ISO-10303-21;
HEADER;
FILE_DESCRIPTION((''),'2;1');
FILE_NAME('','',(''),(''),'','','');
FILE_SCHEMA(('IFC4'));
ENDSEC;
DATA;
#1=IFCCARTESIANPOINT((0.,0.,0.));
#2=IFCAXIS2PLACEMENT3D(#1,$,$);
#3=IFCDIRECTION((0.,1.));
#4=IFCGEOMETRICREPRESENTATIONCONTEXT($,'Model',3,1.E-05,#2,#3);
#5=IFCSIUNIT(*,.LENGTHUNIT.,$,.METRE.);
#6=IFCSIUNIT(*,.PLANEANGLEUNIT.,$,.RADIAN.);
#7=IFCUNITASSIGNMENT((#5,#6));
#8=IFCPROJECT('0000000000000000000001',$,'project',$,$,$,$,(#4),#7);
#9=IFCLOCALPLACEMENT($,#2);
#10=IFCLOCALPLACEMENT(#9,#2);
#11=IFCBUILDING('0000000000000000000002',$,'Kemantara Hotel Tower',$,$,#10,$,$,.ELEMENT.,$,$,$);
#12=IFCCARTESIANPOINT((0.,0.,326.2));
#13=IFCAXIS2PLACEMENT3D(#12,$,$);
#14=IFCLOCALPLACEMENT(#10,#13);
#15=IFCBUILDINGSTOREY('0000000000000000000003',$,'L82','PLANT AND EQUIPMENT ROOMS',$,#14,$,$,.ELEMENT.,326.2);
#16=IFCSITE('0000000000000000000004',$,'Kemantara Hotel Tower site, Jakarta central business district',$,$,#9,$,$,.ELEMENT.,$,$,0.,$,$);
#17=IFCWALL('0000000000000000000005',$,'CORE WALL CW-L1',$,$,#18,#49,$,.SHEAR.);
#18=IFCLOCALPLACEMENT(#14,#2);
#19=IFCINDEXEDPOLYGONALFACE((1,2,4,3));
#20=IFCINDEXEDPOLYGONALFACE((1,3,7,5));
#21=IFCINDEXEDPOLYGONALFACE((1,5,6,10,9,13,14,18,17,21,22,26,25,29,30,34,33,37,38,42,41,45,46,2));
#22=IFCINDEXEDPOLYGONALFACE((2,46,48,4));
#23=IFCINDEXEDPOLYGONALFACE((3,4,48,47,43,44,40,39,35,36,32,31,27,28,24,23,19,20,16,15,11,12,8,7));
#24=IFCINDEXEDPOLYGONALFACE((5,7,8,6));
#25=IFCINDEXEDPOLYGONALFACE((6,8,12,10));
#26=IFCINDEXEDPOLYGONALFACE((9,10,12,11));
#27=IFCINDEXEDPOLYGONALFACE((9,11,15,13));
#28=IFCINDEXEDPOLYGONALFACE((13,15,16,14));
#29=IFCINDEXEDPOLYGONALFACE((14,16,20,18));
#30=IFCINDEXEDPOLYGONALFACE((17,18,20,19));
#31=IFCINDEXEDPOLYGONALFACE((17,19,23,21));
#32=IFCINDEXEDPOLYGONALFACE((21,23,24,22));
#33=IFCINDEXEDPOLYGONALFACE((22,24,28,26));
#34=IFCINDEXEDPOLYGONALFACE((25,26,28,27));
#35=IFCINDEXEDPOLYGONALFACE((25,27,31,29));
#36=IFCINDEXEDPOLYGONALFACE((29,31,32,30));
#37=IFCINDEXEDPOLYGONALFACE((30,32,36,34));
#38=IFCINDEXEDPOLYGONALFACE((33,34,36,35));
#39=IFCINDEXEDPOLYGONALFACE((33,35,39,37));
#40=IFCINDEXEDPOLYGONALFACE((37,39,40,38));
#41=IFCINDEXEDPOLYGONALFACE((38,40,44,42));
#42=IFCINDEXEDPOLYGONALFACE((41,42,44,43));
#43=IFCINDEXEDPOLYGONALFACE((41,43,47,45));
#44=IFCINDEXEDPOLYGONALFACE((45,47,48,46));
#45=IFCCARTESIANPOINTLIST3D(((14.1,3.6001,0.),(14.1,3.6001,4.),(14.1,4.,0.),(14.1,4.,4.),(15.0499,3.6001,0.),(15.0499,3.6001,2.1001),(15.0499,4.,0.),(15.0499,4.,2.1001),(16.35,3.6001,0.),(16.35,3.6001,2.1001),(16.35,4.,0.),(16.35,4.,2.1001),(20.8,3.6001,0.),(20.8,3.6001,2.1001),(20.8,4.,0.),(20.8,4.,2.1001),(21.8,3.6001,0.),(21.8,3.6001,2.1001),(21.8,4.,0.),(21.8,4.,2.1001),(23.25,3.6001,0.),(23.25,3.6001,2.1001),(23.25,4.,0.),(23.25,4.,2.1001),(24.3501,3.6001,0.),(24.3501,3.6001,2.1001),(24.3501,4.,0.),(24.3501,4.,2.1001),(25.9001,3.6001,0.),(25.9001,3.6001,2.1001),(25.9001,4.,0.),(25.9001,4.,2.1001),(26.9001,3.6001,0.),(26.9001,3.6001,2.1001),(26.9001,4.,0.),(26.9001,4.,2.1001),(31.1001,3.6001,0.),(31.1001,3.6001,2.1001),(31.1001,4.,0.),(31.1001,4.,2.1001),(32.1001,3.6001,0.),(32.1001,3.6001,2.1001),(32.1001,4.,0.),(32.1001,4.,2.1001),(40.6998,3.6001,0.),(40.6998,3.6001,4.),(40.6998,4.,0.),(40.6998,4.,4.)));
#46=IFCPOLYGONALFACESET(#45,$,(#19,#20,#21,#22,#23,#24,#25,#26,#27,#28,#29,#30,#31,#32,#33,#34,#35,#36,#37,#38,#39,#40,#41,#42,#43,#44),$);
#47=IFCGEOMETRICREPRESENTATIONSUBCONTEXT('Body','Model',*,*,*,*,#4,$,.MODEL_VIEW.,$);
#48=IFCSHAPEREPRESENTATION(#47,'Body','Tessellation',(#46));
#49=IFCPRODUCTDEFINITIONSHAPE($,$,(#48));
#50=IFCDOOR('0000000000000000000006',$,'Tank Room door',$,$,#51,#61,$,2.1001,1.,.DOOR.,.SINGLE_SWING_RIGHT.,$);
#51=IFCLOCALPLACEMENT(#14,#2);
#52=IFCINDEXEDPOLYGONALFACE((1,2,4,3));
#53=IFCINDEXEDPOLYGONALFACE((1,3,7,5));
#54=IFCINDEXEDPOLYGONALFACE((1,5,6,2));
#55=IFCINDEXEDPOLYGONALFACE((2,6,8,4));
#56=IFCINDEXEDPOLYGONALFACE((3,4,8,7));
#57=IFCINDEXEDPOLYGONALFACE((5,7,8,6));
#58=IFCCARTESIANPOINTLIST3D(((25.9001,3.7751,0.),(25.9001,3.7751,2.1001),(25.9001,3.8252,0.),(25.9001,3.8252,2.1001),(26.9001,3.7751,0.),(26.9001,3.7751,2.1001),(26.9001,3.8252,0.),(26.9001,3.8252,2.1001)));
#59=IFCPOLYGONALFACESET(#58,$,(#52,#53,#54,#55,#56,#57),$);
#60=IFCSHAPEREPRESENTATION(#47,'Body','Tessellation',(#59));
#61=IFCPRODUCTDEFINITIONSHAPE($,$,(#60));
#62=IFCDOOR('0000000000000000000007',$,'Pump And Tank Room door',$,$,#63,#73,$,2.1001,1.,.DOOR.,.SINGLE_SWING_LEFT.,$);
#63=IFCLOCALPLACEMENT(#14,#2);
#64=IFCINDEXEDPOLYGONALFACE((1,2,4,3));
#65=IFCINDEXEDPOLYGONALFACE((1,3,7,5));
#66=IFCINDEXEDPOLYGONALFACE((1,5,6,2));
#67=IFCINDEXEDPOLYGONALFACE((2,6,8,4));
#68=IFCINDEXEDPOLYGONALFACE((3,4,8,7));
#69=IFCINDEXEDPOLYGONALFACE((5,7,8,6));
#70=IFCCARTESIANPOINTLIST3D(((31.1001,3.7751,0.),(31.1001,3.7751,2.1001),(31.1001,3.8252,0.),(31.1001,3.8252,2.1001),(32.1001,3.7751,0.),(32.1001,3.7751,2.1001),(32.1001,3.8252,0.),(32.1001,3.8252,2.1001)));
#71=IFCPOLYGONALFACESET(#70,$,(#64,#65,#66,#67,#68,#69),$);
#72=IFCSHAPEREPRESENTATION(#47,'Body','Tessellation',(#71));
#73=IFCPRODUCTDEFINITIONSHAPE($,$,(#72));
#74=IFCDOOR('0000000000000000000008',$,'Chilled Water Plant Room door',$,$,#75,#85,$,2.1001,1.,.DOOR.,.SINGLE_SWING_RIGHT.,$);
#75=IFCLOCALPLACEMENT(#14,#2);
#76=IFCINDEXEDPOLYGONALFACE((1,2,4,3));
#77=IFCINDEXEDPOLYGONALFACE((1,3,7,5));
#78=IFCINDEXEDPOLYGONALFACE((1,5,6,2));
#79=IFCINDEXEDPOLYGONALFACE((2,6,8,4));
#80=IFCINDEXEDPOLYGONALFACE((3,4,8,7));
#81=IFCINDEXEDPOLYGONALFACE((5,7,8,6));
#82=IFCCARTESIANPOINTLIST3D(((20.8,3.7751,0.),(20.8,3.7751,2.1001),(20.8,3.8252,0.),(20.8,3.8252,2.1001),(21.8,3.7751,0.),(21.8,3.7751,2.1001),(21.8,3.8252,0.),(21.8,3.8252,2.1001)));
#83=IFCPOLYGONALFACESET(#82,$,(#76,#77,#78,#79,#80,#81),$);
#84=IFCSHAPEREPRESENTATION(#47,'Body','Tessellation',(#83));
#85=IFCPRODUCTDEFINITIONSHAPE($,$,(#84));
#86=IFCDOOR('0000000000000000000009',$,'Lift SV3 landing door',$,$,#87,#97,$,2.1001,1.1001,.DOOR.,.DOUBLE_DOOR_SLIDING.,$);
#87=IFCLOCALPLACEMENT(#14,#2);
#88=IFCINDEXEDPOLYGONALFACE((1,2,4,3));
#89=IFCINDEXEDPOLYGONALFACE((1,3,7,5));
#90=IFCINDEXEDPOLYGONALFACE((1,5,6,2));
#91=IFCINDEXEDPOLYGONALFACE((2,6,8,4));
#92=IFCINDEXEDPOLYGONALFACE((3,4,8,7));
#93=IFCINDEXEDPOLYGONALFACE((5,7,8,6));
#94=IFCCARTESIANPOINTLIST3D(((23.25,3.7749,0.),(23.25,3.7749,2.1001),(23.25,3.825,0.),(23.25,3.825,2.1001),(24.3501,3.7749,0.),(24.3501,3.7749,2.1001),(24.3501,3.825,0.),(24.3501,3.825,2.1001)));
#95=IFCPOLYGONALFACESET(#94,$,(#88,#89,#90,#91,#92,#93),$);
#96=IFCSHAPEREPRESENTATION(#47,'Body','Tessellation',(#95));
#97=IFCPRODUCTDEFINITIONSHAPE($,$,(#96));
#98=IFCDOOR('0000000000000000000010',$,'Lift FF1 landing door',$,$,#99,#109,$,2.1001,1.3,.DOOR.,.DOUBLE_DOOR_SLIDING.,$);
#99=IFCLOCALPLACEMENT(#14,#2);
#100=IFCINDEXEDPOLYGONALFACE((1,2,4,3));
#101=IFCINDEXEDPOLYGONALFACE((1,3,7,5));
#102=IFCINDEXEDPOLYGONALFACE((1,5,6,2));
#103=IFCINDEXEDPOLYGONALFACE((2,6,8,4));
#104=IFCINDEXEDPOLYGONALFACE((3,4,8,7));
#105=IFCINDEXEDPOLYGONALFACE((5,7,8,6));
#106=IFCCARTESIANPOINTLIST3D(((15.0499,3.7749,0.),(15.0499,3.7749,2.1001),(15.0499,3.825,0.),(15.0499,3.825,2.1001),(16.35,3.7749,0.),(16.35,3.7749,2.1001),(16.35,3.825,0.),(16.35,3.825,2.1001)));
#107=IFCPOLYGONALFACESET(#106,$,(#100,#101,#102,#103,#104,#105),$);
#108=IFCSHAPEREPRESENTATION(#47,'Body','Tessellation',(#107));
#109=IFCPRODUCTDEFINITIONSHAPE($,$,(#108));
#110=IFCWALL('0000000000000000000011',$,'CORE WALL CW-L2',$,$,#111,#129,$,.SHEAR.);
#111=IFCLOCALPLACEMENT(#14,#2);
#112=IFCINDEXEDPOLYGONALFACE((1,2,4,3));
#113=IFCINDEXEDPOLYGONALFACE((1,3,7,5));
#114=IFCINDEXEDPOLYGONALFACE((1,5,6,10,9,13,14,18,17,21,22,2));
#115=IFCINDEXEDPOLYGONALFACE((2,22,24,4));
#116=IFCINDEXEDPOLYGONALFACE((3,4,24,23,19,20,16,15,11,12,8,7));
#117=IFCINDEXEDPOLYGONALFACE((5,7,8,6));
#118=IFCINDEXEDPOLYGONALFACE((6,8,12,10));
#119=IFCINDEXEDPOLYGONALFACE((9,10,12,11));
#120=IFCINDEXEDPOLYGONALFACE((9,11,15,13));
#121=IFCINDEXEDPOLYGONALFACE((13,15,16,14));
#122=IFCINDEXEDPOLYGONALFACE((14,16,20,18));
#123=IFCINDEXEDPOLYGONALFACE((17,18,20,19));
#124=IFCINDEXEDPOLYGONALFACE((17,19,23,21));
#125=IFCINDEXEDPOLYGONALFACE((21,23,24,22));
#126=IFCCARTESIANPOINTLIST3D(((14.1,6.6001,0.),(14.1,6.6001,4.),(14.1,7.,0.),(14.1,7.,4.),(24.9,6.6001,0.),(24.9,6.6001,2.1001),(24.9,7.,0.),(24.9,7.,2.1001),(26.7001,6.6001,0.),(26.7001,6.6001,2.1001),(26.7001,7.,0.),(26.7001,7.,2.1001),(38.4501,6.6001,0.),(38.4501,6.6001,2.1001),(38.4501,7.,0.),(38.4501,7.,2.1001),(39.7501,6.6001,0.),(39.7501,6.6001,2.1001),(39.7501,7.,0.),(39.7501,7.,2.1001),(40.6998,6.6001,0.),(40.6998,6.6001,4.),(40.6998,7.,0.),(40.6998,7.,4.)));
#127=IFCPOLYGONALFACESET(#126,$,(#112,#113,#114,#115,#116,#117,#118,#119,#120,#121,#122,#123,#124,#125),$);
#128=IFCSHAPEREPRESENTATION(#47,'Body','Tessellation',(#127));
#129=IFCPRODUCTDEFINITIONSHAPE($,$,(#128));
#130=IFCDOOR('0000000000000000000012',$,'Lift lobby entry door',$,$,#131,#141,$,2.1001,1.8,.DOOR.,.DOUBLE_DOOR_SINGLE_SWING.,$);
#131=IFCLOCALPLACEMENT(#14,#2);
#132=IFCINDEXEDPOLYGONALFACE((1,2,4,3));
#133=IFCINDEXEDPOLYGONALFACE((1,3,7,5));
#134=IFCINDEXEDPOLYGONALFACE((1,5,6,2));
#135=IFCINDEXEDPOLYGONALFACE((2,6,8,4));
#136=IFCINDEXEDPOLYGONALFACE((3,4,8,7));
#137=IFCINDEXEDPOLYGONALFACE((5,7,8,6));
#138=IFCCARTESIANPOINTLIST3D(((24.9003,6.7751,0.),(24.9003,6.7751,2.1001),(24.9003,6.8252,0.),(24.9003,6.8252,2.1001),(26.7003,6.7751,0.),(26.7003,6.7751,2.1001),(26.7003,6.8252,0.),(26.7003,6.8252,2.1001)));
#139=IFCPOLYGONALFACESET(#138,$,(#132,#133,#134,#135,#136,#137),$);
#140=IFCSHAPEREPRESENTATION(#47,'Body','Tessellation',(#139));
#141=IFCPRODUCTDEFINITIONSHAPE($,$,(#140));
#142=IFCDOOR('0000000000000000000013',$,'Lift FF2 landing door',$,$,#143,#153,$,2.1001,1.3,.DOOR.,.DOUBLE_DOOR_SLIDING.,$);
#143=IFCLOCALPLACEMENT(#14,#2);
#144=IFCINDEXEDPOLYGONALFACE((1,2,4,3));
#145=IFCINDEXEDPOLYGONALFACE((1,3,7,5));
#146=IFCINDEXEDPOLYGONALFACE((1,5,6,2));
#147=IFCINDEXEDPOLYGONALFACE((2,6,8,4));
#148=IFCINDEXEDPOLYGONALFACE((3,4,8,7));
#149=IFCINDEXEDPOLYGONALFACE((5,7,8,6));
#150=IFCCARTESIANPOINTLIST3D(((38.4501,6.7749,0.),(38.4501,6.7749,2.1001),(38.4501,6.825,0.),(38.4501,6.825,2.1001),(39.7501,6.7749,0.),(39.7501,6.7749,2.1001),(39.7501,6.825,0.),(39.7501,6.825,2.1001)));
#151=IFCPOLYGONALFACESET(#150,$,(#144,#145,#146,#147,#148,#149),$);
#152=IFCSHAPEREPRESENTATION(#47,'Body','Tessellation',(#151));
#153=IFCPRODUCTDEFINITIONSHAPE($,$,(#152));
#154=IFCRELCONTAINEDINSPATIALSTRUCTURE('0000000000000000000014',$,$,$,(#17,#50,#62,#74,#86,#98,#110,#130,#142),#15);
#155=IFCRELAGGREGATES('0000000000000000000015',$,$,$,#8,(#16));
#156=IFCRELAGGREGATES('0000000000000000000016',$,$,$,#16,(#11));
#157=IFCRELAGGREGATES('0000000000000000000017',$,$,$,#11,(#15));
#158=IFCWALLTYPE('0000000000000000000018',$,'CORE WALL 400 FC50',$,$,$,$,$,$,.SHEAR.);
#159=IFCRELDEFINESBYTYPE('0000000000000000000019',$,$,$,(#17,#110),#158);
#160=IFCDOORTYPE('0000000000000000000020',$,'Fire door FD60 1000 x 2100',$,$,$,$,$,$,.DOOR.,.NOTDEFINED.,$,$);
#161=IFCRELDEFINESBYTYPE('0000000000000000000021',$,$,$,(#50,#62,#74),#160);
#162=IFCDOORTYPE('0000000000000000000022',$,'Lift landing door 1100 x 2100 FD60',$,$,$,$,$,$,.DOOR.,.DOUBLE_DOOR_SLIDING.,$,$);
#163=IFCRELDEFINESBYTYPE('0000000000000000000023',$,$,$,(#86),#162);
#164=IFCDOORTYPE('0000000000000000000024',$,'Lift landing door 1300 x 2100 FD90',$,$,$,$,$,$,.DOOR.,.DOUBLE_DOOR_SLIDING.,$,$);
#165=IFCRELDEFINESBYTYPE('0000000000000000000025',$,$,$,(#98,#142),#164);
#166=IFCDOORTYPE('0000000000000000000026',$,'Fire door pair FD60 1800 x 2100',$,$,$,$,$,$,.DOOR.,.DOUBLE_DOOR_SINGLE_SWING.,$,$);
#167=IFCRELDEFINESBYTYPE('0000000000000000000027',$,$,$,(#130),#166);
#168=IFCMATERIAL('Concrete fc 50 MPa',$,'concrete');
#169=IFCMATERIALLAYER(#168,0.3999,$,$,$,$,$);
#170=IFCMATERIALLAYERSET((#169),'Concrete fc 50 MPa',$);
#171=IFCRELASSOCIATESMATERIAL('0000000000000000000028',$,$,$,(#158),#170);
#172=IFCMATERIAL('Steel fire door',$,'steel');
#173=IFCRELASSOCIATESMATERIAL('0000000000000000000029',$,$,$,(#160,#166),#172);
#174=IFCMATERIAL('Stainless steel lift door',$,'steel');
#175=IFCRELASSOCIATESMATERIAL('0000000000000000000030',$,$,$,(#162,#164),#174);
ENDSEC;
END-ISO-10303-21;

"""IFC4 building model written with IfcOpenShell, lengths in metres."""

from ifc_helpers import new_model, si_unit, direction, frame, frame_2d, origin, place, context, subcontext, project, spatial, rectangle, extrude, material, layer, layer_set, type_object, element, fill, save


model = new_model("IFC4")

# Units and contexts
model_context = context("Model", 3, precision=1e-05, world=origin(), true_north=direction((0.0, 1.0)))
body_context = subcontext(model_context, "Body", "Model", "MODEL_VIEW")
ifc_project = project(units=[si_unit("LENGTHUNIT", "METRE"), si_unit("PLANEANGLEUNIT", "RADIAN")], contexts=[model_context])

# Site, building, storey
site_placement = place(None, origin())
site = spatial("IfcSite", under=ifc_project, at=site_placement, Name="Kemantara Hotel Tower site, Jakarta central business district", CompositionType="ELEMENT", RefElevation=0.0)
building_placement = place(site_placement, origin())
building = spatial("IfcBuilding", under=site, at=building_placement, Name="Kemantara Hotel Tower", CompositionType="ELEMENT")
storey_placement = place(building_placement, frame((0.0, 0.0, 326.2)))
storey = spatial("IfcBuildingStorey", under=building, at=storey_placement, Name="L82", Description="PLANT AND EQUIPMENT ROOMS", CompositionType="ELEMENT", Elevation=326.2)

# Shared definitions
ifc_material_1 = material(Name="Concrete fc 50 MPa", Category="concrete")

# Walls, openings, doors
ifc_layer_1 = layer(ifc_material_1, 0.3999)
ifc_layer_set_1 = layer_set([ifc_layer_1], Name="Concrete fc 50 MPa")
wall_type_1 = type_object("IfcWallType", Name="CORE WALL 400 FC50", PredefinedType="SHEAR", material=ifc_layer_set_1)
ifc_material_2 = material(Name="Steel fire door", Category="steel")
door_type_1 = type_object("IfcDoorType", Name="Fire door FD60 1000 x 2100", OperationType="NOTDEFINED", PredefinedType="DOOR", material=ifc_material_2)
wall_1_placement = place(storey_placement, frame((14.1001, 3.8, 0.0), z_axis=(0.0, 0.0, 1.0), x_axis=(1.0, 0.0, 0.0)))
wall_1 = element("IfcWall", 1, at=wall_1_placement, inside=storey, type_object=wall_type_1, Name="CORE WALL CW-L1", PredefinedType="SHEAR", context=body_context, shape_type="SweptSolid", body=[
    extrude(rectangle(XDim=26.5999, YDim=0.3999, at=frame_2d((13.2998, 0.0))), origin(), (0.0, 0.0, 1.0), 4.0),
])
opening_1_placement = place(wall_1_placement, frame((0.95, 0.0, 0.0)))
opening_1 = element("IfcOpeningElement", 2, at=opening_1_placement, cuts=wall_1, PredefinedType="OPENING", context=body_context, shape_type="SweptSolid", body=[
    extrude(rectangle(XDim=1.3, YDim=2.1001, at=frame_2d((0.6499, 1.05))), frame((0.0, 0.21, 0.0), z_axis=(0.0, -1.0, 0.0), x_axis=(1.0, 0.0, 0.0)), (0.0, 0.0, 1.0), 0.4199),
])
opening_2_placement = place(wall_1_placement, frame((9.1499, 0.0, 0.0)))
opening_2 = element("IfcOpeningElement", 3, at=opening_2_placement, cuts=wall_1, PredefinedType="OPENING", context=body_context, shape_type="SweptSolid", body=[
    extrude(rectangle(XDim=1.1001, YDim=2.1001, at=frame_2d((0.55, 1.05))), frame((0.0, 0.21, 0.0), z_axis=(0.0, -1.0, 0.0), x_axis=(1.0, 0.0, 0.0)), (0.0, 0.0, 1.0), 0.4199),
])
opening_3_placement = place(wall_1_placement, frame((11.8, 0.0, 0.0)))
opening_3 = element("IfcOpeningElement", 4, at=opening_3_placement, cuts=wall_1, PredefinedType="OPENING", context=body_context, shape_type="SweptSolid", body=[
    extrude(rectangle(XDim=1.0, YDim=2.1001, at=frame_2d((0.5, 1.05))), frame((0.0, 0.21, 0.0), z_axis=(0.0, -1.0, 0.0), x_axis=(1.0, 0.0, 0.0)), (0.0, 0.0, 1.0), 0.4199),
])
opening_4_placement = place(wall_1_placement, frame((17.0, 0.0, 0.0)))
opening_4 = element("IfcOpeningElement", 5, at=opening_4_placement, cuts=wall_1, PredefinedType="OPENING", context=body_context, shape_type="SweptSolid", body=[
    extrude(rectangle(XDim=1.0, YDim=2.1001, at=frame_2d((0.5, 1.05))), frame((0.0, 0.21, 0.0), z_axis=(0.0, -1.0, 0.0), x_axis=(1.0, 0.0, 0.0)), (0.0, 0.0, 1.0), 0.4199),
])
opening_5_placement = place(wall_1_placement, frame((6.7, 0.0, 0.0)))
opening_5 = element("IfcOpeningElement", 6, at=opening_5_placement, cuts=wall_1, PredefinedType="OPENING", context=body_context, shape_type="SweptSolid", body=[
    extrude(rectangle(XDim=1.0, YDim=2.1001, at=frame_2d((0.5, 1.05))), frame((0.0, 0.21, 0.0), z_axis=(0.0, -1.0, 0.0), x_axis=(1.0, 0.0, 0.0)), (0.0, 0.0, 1.0), 0.4199),
])
door_1_placement = place(opening_3_placement, frame((1.0, 0.0, 0.0), z_axis=(0.0, 0.0, 1.0), x_axis=(-1.0, 0.0, 0.0)))
door_1 = element("IfcDoor", 7, at=door_1_placement, inside=storey, type_object=door_type_1, Name="Tank Room door", OperationType="SINGLE_SWING_RIGHT", OverallHeight=2.1001, OverallWidth=1.0, PredefinedType="DOOR", context=body_context, shape_type="SweptSolid", body=[
    extrude(rectangle(XDim=1.0, YDim=2.1001, at=frame_2d((0.5, 1.05))), frame((0.0, 0.0249, 0.0), z_axis=(0.0, -1.0, 0.0), x_axis=(1.0, 0.0, 0.0)), (0.0, 0.0, 1.0), 0.05),
])
fill(opening_3, door_1)
door_2_placement = place(opening_4_placement, frame((1.0, 0.0, 0.0), z_axis=(0.0, 0.0, 1.0), x_axis=(-1.0, 0.0, 0.0)))
door_2 = element("IfcDoor", 8, at=door_2_placement, inside=storey, type_object=door_type_1, Name="Pump And Tank Room door", OperationType="SINGLE_SWING_LEFT", OverallHeight=2.1001, OverallWidth=1.0, PredefinedType="DOOR", context=body_context, shape_type="SweptSolid", body=[
    extrude(rectangle(XDim=1.0, YDim=2.1001, at=frame_2d((0.5, 1.05))), frame((0.0, 0.0249, 0.0), z_axis=(0.0, -1.0, 0.0), x_axis=(1.0, 0.0, 0.0)), (0.0, 0.0, 1.0), 0.05),
])
fill(opening_4, door_2)
door_3_placement = place(opening_5_placement, frame((1.0, 0.0, 0.0), z_axis=(0.0, 0.0, 1.0), x_axis=(-1.0, 0.0, 0.0)))
door_3 = element("IfcDoor", 9, at=door_3_placement, inside=storey, type_object=door_type_1, Name="Chilled Water Plant Room door", OperationType="SINGLE_SWING_RIGHT", OverallHeight=2.1001, OverallWidth=1.0, PredefinedType="DOOR", context=body_context, shape_type="SweptSolid", body=[
    extrude(rectangle(XDim=1.0, YDim=2.1001, at=frame_2d((0.5, 1.05))), frame((0.0, 0.0249, 0.0), z_axis=(0.0, -1.0, 0.0), x_axis=(1.0, 0.0, 0.0)), (0.0, 0.0, 1.0), 0.05),
])
fill(opening_5, door_3)
ifc_material_3 = material(Name="Stainless steel lift door", Category="steel")
door_type_2 = type_object("IfcDoorType", Name="Lift landing door 1100 x 2100 FD60", OperationType="DOUBLE_DOOR_SLIDING", PredefinedType="DOOR", material=ifc_material_3)
door_4_placement = place(opening_2_placement, origin())
door_4 = element("IfcDoor", 10, at=door_4_placement, inside=storey, type_object=door_type_2, Name="Lift SV3 landing door", OperationType="DOUBLE_DOOR_SLIDING", OverallHeight=2.1001, OverallWidth=1.1001, PredefinedType="DOOR", context=body_context, shape_type="SweptSolid", body=[
    extrude(rectangle(XDim=1.1001, YDim=2.1001, at=frame_2d((0.55, 1.05))), frame((0.0, 0.0249, 0.0), z_axis=(0.0, -1.0, 0.0), x_axis=(1.0, 0.0, 0.0)), (0.0, 0.0, 1.0), 0.05),
])
fill(opening_2, door_4)
door_type_3 = type_object("IfcDoorType", Name="Lift landing door 1300 x 2100 FD90", OperationType="DOUBLE_DOOR_SLIDING", PredefinedType="DOOR", material=ifc_material_3)
door_5_placement = place(opening_1_placement, origin())
door_5 = element("IfcDoor", 11, at=door_5_placement, inside=storey, type_object=door_type_3, Name="Lift FF1 landing door", OperationType="DOUBLE_DOOR_SLIDING", OverallHeight=2.1001, OverallWidth=1.3, PredefinedType="DOOR", context=body_context, shape_type="SweptSolid", body=[
    extrude(rectangle(XDim=1.3, YDim=2.1001, at=frame_2d((0.6499, 1.05))), frame((0.0, 0.0249, 0.0), z_axis=(0.0, -1.0, 0.0), x_axis=(1.0, 0.0, 0.0)), (0.0, 0.0, 1.0), 0.05),
])
fill(opening_1, door_5)
wall_2_placement = place(storey_placement, frame((14.1001, 6.8, 0.0), z_axis=(0.0, 0.0, 1.0), x_axis=(1.0, 0.0, 0.0)))
wall_2 = element("IfcWall", 12, at=wall_2_placement, inside=storey, type_object=wall_type_1, Name="CORE WALL CW-L2", PredefinedType="SHEAR", context=body_context, shape_type="SweptSolid", body=[
    extrude(rectangle(XDim=26.5999, YDim=0.3999, at=frame_2d((13.2998, 0.0))), origin(), (0.0, 0.0, 1.0), 4.0),
])
opening_6_placement = place(wall_2_placement, frame((10.8, 0.0, 0.0)))
opening_6 = element("IfcOpeningElement", 13, at=opening_6_placement, cuts=wall_2, PredefinedType="OPENING", context=body_context, shape_type="SweptSolid", body=[
    extrude(rectangle(XDim=1.8, YDim=2.1001, at=frame_2d((0.8999, 1.05))), frame((0.0, 0.21, 0.0), z_axis=(0.0, -1.0, 0.0), x_axis=(1.0, 0.0, 0.0)), (0.0, 0.0, 1.0), 0.4199),
])
opening_7_placement = place(wall_2_placement, frame((24.3501, 0.0, 0.0)))
opening_7 = element("IfcOpeningElement", 14, at=opening_7_placement, cuts=wall_2, PredefinedType="OPENING", context=body_context, shape_type="SweptSolid", body=[
    extrude(rectangle(XDim=1.3, YDim=2.1001, at=frame_2d((0.6499, 1.05))), frame((0.0, 0.21, 0.0), z_axis=(0.0, -1.0, 0.0), x_axis=(1.0, 0.0, 0.0)), (0.0, 0.0, 1.0), 0.4199),
])
door_type_4 = type_object("IfcDoorType", Name="Fire door pair FD60 1800 x 2100", OperationType="DOUBLE_DOOR_SINGLE_SWING", PredefinedType="DOOR", material=ifc_material_2)
door_6_placement = place(opening_6_placement, frame((1.8, 0.0, 0.0), z_axis=(0.0, 0.0, 1.0), x_axis=(-1.0, 0.0, 0.0)))
door_6 = element("IfcDoor", 15, at=door_6_placement, inside=storey, type_object=door_type_4, Name="Lift lobby entry door", OperationType="DOUBLE_DOOR_SINGLE_SWING", OverallHeight=2.1001, OverallWidth=1.8, PredefinedType="DOOR", context=body_context, shape_type="SweptSolid", body=[
    extrude(rectangle(XDim=1.8, YDim=2.1001, at=frame_2d((0.8999, 1.05))), frame((0.0, 0.0249, 0.0), z_axis=(0.0, -1.0, 0.0), x_axis=(1.0, 0.0, 0.0)), (0.0, 0.0, 1.0), 0.05),
])
fill(opening_6, door_6)
door_7_placement = place(opening_7_placement, origin())
door_7 = element("IfcDoor", 16, at=door_7_placement, inside=storey, type_object=door_type_3, Name="Lift FF2 landing door", OperationType="DOUBLE_DOOR_SLIDING", OverallHeight=2.1001, OverallWidth=1.3, PredefinedType="DOOR", context=body_context, shape_type="SweptSolid", body=[
    extrude(rectangle(XDim=1.3, YDim=2.1001, at=frame_2d((0.6499, 1.05))), frame((0.0, 0.0249, 0.0), z_axis=(0.0, -1.0, 0.0), x_axis=(1.0, 0.0, 0.0)), (0.0, 0.0, 1.0), 0.05),
])
fill(opening_7, door_7)

save(model, "model.ifc")
